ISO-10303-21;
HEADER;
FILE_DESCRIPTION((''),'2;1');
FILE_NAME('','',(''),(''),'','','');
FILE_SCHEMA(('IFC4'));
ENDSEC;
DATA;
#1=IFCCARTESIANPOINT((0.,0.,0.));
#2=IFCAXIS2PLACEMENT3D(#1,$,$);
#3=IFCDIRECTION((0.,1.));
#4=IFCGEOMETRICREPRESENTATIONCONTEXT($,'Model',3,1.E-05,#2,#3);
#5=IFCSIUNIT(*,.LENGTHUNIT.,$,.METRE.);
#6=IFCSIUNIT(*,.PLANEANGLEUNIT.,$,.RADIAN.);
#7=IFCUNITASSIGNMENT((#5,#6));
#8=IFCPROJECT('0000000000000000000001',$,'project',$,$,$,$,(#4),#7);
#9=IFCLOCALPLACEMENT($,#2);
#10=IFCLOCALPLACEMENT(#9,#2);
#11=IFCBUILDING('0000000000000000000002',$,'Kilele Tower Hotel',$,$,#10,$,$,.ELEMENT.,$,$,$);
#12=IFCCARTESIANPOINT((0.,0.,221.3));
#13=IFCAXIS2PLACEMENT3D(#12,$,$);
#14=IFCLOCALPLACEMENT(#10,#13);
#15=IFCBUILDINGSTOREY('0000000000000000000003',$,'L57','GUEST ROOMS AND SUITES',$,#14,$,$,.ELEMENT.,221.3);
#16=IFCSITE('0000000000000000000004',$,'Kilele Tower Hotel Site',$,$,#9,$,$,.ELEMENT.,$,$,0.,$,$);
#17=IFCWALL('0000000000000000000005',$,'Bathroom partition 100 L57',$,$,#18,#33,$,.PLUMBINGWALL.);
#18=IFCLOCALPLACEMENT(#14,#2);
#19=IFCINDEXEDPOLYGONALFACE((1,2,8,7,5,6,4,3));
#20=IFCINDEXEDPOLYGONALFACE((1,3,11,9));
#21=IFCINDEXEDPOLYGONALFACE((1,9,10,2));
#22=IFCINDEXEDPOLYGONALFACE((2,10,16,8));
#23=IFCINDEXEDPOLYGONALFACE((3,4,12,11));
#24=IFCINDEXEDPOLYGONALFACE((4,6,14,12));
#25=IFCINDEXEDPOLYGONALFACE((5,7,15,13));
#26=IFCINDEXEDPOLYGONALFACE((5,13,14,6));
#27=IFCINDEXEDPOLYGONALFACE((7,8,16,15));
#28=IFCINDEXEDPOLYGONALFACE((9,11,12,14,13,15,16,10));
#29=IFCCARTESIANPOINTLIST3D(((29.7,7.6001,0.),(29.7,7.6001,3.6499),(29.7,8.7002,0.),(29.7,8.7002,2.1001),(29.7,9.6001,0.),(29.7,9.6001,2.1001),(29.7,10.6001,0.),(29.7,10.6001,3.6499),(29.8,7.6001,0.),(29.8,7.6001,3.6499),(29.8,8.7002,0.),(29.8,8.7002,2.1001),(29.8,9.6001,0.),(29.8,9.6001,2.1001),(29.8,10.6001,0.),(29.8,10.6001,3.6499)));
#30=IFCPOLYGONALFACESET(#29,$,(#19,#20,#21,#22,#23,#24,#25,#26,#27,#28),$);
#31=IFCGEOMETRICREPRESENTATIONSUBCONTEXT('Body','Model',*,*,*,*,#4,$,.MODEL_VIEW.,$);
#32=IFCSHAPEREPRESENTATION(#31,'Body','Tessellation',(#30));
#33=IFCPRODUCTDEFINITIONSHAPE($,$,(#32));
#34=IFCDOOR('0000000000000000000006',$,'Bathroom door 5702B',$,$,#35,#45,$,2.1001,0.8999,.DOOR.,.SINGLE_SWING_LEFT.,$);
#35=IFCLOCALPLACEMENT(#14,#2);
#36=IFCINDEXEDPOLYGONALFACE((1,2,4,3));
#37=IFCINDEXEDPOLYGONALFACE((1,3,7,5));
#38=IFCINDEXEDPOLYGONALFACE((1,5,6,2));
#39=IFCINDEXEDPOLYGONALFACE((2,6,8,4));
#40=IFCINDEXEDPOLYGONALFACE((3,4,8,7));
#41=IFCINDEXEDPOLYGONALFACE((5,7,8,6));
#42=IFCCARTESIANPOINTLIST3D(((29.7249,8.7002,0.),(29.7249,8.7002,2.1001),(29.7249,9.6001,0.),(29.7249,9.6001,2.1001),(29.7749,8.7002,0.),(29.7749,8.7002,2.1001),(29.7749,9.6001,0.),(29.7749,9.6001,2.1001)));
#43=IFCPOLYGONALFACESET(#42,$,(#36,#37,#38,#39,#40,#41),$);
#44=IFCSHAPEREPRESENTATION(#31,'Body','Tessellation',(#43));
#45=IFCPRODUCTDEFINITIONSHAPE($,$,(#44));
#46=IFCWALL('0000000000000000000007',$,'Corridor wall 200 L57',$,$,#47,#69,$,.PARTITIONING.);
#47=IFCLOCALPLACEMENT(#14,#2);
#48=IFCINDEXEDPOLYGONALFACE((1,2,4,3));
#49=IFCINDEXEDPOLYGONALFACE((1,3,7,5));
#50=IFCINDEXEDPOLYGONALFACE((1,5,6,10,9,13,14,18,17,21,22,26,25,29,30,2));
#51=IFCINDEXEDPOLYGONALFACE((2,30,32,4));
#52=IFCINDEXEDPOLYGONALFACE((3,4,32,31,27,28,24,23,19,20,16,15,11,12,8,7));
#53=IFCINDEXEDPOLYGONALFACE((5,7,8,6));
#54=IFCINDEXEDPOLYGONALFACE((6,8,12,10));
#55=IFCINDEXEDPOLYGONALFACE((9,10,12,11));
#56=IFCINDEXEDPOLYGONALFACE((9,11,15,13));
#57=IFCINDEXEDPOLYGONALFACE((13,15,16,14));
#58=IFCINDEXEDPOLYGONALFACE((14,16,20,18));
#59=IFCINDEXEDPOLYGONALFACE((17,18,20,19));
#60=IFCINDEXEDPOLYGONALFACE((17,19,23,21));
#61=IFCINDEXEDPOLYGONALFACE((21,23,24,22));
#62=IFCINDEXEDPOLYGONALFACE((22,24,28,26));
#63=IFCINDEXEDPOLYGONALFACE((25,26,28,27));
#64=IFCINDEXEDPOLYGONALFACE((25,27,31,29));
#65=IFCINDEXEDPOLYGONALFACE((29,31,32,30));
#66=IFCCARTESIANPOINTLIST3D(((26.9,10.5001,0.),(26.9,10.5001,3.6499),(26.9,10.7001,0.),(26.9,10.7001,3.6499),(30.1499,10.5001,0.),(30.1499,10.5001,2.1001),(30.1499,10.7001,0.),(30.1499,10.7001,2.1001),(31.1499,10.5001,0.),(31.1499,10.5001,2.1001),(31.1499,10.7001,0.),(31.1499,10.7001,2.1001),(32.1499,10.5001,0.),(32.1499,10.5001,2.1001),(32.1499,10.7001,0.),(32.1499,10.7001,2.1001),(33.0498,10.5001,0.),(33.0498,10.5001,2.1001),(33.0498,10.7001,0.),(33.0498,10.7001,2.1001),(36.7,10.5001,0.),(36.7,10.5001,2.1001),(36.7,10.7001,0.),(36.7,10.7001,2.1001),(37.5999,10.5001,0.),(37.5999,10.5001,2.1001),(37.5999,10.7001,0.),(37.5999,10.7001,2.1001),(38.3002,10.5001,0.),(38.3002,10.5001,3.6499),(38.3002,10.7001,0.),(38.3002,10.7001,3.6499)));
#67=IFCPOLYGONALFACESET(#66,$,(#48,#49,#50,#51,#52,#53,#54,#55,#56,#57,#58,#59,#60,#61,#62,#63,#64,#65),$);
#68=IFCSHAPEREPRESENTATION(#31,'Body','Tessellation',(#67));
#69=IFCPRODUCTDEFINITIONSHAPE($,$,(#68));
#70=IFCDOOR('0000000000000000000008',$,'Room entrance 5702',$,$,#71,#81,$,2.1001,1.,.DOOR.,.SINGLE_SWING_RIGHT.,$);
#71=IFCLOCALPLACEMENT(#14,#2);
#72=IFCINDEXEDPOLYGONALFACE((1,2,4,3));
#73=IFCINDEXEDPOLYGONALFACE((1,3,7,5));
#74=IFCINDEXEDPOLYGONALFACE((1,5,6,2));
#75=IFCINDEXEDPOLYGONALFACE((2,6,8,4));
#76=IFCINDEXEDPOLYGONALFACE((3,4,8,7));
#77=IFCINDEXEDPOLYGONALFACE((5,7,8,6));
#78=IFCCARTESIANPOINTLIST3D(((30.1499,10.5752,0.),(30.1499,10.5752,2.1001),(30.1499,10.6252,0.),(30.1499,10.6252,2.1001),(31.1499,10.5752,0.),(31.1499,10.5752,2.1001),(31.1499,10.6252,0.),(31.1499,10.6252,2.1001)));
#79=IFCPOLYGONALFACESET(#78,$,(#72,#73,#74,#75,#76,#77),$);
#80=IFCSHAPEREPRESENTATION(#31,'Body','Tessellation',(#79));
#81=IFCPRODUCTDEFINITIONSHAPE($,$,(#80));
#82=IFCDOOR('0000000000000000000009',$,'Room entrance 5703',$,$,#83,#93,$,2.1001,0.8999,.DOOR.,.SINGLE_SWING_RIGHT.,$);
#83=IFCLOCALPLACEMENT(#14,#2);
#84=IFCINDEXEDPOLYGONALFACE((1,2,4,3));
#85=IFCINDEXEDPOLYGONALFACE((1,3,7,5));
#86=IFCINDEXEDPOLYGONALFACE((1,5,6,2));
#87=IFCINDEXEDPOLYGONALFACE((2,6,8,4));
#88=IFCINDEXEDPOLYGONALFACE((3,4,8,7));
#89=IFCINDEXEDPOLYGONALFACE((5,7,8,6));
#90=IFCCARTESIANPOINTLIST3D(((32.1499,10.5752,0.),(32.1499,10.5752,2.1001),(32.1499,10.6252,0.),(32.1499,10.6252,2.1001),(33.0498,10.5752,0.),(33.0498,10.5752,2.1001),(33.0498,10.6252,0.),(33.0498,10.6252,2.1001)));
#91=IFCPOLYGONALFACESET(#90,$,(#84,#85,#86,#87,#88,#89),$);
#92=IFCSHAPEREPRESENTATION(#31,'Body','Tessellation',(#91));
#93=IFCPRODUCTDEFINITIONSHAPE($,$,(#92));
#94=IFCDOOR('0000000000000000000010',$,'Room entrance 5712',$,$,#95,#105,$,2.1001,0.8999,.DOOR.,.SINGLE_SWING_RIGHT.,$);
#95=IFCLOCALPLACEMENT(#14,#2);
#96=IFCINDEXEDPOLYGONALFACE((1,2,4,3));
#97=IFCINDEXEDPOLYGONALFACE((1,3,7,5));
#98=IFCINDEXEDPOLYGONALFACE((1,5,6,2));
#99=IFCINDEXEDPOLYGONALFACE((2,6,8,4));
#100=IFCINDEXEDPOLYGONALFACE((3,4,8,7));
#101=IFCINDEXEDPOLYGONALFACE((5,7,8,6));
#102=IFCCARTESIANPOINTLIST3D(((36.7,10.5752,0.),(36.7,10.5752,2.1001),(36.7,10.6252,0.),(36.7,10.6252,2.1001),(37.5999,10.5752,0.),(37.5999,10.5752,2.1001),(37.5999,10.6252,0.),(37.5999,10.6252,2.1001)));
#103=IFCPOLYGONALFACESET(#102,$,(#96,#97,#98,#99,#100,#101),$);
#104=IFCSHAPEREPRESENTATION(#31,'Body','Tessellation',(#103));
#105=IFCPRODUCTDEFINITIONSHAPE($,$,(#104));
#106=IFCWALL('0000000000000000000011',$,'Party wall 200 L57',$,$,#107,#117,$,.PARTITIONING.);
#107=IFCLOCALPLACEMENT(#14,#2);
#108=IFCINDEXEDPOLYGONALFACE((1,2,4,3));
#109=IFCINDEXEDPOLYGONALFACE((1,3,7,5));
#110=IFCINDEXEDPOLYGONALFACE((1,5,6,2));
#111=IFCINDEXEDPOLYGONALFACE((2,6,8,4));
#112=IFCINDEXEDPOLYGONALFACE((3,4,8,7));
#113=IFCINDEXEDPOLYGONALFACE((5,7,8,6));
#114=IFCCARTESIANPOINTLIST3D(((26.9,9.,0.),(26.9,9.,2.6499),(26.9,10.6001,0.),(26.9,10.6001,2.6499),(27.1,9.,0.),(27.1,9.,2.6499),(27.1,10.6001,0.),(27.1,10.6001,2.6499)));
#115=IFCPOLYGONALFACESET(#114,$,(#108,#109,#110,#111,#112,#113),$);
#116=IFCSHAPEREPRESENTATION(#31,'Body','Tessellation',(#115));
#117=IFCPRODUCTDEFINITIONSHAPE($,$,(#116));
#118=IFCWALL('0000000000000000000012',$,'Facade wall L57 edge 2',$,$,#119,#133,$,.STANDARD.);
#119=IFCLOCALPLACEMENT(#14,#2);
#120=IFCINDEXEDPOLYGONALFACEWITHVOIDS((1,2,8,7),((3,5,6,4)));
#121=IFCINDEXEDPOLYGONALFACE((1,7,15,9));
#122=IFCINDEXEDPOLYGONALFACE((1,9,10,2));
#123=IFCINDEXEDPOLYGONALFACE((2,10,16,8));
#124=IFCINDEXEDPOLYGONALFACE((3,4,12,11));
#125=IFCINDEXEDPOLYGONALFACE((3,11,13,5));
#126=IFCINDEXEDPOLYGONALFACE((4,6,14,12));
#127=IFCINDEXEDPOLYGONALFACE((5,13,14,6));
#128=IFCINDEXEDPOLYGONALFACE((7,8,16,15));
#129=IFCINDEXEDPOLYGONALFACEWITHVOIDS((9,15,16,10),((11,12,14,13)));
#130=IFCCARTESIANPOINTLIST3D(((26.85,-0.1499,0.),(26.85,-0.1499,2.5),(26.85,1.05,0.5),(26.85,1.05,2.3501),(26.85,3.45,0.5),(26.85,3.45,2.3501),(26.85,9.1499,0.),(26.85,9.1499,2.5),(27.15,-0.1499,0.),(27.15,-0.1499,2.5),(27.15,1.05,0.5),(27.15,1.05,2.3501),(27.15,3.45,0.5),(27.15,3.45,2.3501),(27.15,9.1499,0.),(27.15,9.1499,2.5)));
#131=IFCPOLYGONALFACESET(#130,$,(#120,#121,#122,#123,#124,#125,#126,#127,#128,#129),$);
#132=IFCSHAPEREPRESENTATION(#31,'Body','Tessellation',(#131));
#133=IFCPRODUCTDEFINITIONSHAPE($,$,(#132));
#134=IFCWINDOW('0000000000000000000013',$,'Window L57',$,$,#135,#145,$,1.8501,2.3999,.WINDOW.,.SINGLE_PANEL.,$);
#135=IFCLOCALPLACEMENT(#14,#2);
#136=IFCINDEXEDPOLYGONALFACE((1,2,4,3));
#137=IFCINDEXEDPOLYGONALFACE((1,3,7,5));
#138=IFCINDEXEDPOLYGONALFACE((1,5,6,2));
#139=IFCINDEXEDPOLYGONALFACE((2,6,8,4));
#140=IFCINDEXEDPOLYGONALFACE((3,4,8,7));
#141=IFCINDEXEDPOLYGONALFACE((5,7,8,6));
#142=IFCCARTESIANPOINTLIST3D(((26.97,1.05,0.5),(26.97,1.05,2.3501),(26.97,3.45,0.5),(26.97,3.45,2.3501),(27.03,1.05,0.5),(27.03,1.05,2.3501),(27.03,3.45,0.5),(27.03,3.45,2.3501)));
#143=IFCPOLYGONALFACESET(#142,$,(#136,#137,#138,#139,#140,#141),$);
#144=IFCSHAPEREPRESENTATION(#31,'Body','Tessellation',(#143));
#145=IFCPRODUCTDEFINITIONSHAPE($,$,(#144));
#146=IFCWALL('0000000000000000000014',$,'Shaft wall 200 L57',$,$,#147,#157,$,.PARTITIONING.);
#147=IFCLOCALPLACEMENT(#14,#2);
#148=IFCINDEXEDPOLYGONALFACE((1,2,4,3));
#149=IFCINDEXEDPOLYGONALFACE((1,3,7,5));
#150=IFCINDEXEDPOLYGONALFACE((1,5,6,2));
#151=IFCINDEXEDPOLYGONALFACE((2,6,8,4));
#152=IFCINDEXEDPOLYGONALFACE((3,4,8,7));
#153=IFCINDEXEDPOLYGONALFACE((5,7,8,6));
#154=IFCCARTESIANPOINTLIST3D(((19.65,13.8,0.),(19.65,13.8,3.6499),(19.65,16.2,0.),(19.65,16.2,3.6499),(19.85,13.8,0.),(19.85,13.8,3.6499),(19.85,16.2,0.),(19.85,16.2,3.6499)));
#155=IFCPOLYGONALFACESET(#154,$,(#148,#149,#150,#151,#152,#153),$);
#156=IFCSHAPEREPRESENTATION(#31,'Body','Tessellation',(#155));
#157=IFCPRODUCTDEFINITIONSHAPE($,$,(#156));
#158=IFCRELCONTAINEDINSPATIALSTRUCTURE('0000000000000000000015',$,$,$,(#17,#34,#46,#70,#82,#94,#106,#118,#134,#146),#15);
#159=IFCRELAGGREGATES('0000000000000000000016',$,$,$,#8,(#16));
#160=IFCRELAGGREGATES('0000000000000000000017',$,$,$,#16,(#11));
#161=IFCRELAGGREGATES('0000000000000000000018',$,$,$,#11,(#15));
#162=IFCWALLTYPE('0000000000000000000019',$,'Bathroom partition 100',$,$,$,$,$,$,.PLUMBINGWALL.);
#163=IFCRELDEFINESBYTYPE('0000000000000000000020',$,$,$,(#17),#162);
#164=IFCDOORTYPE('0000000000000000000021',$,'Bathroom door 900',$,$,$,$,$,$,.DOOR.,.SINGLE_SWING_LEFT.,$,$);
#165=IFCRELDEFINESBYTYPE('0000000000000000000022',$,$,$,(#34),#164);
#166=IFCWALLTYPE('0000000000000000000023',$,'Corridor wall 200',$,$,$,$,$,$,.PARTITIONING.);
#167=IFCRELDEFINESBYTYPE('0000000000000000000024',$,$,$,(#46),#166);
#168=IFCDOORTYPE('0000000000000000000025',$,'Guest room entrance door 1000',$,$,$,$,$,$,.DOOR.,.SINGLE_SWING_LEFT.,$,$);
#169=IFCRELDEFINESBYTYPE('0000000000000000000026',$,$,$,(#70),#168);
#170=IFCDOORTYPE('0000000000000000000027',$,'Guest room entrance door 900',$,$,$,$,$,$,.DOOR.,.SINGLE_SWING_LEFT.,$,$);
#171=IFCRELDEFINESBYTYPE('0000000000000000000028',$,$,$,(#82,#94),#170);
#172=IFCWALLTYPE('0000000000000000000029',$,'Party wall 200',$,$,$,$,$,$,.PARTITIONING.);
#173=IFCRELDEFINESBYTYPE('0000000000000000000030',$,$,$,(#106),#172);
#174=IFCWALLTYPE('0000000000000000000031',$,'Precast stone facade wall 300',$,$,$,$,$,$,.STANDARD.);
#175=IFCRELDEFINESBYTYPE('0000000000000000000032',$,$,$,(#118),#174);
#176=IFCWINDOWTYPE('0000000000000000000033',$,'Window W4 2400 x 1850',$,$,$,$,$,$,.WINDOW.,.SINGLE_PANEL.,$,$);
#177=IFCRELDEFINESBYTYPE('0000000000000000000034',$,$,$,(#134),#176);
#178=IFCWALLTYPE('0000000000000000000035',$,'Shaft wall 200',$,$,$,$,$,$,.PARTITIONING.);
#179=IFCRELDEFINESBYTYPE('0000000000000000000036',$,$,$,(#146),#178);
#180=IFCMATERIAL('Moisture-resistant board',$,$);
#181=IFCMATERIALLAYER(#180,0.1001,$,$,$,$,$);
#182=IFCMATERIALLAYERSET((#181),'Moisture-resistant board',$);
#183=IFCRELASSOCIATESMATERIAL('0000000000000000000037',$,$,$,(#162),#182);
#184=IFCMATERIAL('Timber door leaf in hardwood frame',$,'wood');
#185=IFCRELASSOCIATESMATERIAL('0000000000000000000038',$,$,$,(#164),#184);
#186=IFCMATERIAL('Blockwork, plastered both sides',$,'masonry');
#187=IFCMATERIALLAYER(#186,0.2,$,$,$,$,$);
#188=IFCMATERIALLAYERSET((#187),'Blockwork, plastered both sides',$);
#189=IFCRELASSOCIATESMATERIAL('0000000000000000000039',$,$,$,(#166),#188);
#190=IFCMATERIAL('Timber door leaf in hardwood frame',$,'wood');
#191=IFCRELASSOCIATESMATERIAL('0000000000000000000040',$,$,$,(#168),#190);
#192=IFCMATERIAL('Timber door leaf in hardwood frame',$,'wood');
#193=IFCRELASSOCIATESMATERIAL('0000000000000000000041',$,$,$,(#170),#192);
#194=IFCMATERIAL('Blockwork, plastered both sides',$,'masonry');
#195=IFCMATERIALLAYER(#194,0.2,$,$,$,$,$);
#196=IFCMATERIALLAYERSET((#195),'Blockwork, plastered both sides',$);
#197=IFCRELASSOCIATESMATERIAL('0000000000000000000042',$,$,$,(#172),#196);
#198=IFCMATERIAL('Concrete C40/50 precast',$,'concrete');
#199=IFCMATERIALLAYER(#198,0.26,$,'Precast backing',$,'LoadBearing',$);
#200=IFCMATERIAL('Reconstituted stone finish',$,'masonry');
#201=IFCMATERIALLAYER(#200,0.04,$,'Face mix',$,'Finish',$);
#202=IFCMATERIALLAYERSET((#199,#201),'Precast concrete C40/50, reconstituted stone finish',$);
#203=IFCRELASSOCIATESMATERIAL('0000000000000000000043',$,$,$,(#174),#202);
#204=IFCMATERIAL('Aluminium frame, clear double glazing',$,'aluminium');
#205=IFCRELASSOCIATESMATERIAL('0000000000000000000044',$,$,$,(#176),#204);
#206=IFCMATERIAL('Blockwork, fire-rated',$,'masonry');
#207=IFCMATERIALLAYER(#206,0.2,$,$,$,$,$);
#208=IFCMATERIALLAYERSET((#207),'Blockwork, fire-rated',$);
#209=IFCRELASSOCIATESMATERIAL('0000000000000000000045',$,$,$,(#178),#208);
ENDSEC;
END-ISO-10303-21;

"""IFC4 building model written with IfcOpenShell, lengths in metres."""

from ifc_helpers import new_model, si_unit, direction, frame, frame_2d, origin, place, context, subcontext, project, spatial, rectangle, extrude, material, layer, layer_set, type_object, element, fill, save


model = new_model("IFC4")

# Units and contexts
model_context = context("Model", 3, precision=1e-05, world=origin(), true_north=direction((0.0, 1.0)))
body_context = subcontext(model_context, "Body", "Model", "MODEL_VIEW")
ifc_project = project(units=[si_unit("LENGTHUNIT", "METRE"), si_unit("PLANEANGLEUNIT", "RADIAN")], contexts=[model_context])

# Site, building, storey
site_placement = place(None, origin())
site = spatial("IfcSite", under=ifc_project, at=site_placement, Name="Kilele Tower Hotel Site", CompositionType="ELEMENT", RefElevation=0.0)
building_placement = place(site_placement, origin())
building = spatial("IfcBuilding", under=site, at=building_placement, Name="Kilele Tower Hotel", CompositionType="ELEMENT")
storey_placement = place(building_placement, frame((0.0, 0.0, 221.3)))
storey = spatial("IfcBuildingStorey", under=building, at=storey_placement, Name="L57", Description="GUEST ROOMS AND SUITES", CompositionType="ELEMENT", Elevation=221.3)

# Wall, opening, door
ifc_material_1 = material(Name="Moisture-resistant board")
ifc_layer_1 = layer(ifc_material_1, 0.1001)
ifc_layer_set_1 = layer_set([ifc_layer_1], Name="Moisture-resistant board")
wall_type_1 = type_object("IfcWallType", Name="Bathroom partition 100", PredefinedType="PLUMBINGWALL", material=ifc_layer_set_1)
wall_1_placement = place(storey_placement, frame((29.75, 10.6001, 0.0), z_axis=(0.0, 0.0, 1.0), x_axis=(0.0, -1.0, 0.0)))
wall_1 = element("IfcWall", 1, at=wall_1_placement, inside=storey, type_object=wall_type_1, Name="Bathroom partition 100 L57", PredefinedType="PLUMBINGWALL", context=body_context, shape_type="SweptSolid", body=[
    extrude(rectangle(XDim=3.0, YDim=0.1001, at=frame_2d((1.5, 0.0))), origin(), (0.0, 0.0, 1.0), 3.6499),
])
opening_1_placement = place(wall_1_placement, frame((1.0, 0.0, 0.0)))
opening_1 = element("IfcOpeningElement", 2, at=opening_1_placement, cuts=wall_1, PredefinedType="OPENING", context=body_context, shape_type="SweptSolid", body=[
    extrude(rectangle(XDim=0.8999, YDim=2.1001, at=frame_2d((0.45, 1.05))), frame((0.0, 0.0601, 0.0), z_axis=(0.0, -1.0, 0.0), x_axis=(1.0, 0.0, 0.0)), (0.0, 0.0, 1.0), 0.1201),
])
ifc_material_2 = material(Name="Timber door leaf in hardwood frame", Category="wood")
door_type_1 = type_object("IfcDoorType", Name="Bathroom door 900", OperationType="SINGLE_SWING_LEFT", PredefinedType="DOOR", material=ifc_material_2)
door_1_placement = place(opening_1_placement, origin())
door_1 = element("IfcDoor", 3, at=door_1_placement, inside=storey, type_object=door_type_1, Name="Bathroom door 5702B", OperationType="SINGLE_SWING_LEFT", OverallHeight=2.1001, OverallWidth=0.8999, PredefinedType="DOOR", context=body_context, shape_type="SweptSolid", body=[
    extrude(rectangle(XDim=0.8999, YDim=2.1001, at=frame_2d((0.45, 1.05))), frame((0.0, 0.0249, 0.0), z_axis=(0.0, -1.0, 0.0), x_axis=(1.0, 0.0, 0.0)), (0.0, 0.0, 1.0), 0.05),
])
fill(opening_1, door_1)

# Wall, openings, doors
ifc_material_3 = material(Name="Blockwork, plastered both sides", Category="masonry")
ifc_layer_2 = layer(ifc_material_3, 0.2)
ifc_layer_set_2 = layer_set([ifc_layer_2], Name="Blockwork, plastered both sides")
wall_type_2 = type_object("IfcWallType", Name="Corridor wall 200", PredefinedType="PARTITIONING", material=ifc_layer_set_2)
wall_2_placement = place(storey_placement, frame((26.8999, 10.6001, 0.0), z_axis=(0.0, 0.0, 1.0), x_axis=(1.0, 0.0, 0.0)))
wall_2 = element("IfcWall", 4, at=wall_2_placement, inside=storey, type_object=wall_type_2, Name="Corridor wall 200 L57", PredefinedType="PARTITIONING", context=body_context, shape_type="SweptSolid", body=[
    extrude(rectangle(XDim=11.4001, YDim=0.2, at=frame_2d((5.7002, 0.0))), origin(), (0.0, 0.0, 1.0), 3.6499),
])
opening_2_placement = place(wall_2_placement, frame((4.25, 0.0, 0.0), z_axis=(0.0, 0.0, 1.0), x_axis=(-1.0, 0.0, 0.0)))
opening_2 = element("IfcOpeningElement", 5, at=opening_2_placement, cuts=wall_2, PredefinedType="OPENING", context=body_context, shape_type="SweptSolid", body=[
    extrude(rectangle(XDim=1.0, YDim=2.1001, at=frame_2d((0.5, 1.05))), frame((0.0, 0.1099, 0.0), z_axis=(0.0, -1.0, 0.0), x_axis=(1.0, 0.0, 0.0)), (0.0, 0.0, 1.0), 0.22),
])
opening_3_placement = place(wall_2_placement, frame((6.1499, 0.0, 0.0), z_axis=(0.0, 0.0, 1.0), x_axis=(-1.0, 0.0, 0.0)))
opening_3 = element("IfcOpeningElement", 6, at=opening_3_placement, cuts=wall_2, PredefinedType="OPENING", context=body_context, shape_type="SweptSolid", body=[
    extrude(rectangle(XDim=0.8999, YDim=2.1001, at=frame_2d((0.45, 1.05))), frame((0.0, 0.1099, 0.0), z_axis=(0.0, -1.0, 0.0), x_axis=(1.0, 0.0, 0.0)), (0.0, 0.0, 1.0), 0.22),
])
opening_4_placement = place(wall_2_placement, frame((10.7, 0.0, 0.0), z_axis=(0.0, 0.0, 1.0), x_axis=(-1.0, 0.0, 0.0)))
opening_4 = element("IfcOpeningElement", 7, at=opening_4_placement, cuts=wall_2, PredefinedType="OPENING", context=body_context, shape_type="SweptSolid", body=[
    extrude(rectangle(XDim=0.8999, YDim=2.1001, at=frame_2d((0.45, 1.05))), frame((0.0, 0.1099, 0.0), z_axis=(0.0, -1.0, 0.0), x_axis=(1.0, 0.0, 0.0)), (0.0, 0.0, 1.0), 0.22),
])
ifc_material_4 = material(Name="Timber door leaf in hardwood frame", Category="wood")
door_type_2 = type_object("IfcDoorType", Name="Guest room entrance door 1000", OperationType="SINGLE_SWING_LEFT", PredefinedType="DOOR", material=ifc_material_4)
door_2_placement = place(opening_2_placement, origin())
door_2 = element("IfcDoor", 8, at=door_2_placement, inside=storey, type_object=door_type_2, Name="Room entrance 5702", OperationType="SINGLE_SWING_RIGHT", OverallHeight=2.1001, OverallWidth=1.0, PredefinedType="DOOR", context=body_context, shape_type="SweptSolid", body=[
    extrude(rectangle(XDim=1.0, YDim=2.1001, at=frame_2d((0.5, 1.05))), frame((0.0, 0.0249, 0.0), z_axis=(0.0, -1.0, 0.0), x_axis=(1.0, 0.0, 0.0)), (0.0, 0.0, 1.0), 0.05),
])
fill(opening_2, door_2)
ifc_material_5 = material(Name="Timber door leaf in hardwood frame", Category="wood")
door_type_3 = type_object("IfcDoorType", Name="Guest room entrance door 900", OperationType="SINGLE_SWING_LEFT", PredefinedType="DOOR", material=ifc_material_5)
door_3_placement = place(opening_3_placement, origin())
door_3 = element("IfcDoor", 9, at=door_3_placement, inside=storey, type_object=door_type_3, Name="Room entrance 5703", OperationType="SINGLE_SWING_RIGHT", OverallHeight=2.1001, OverallWidth=0.8999, PredefinedType="DOOR", context=body_context, shape_type="SweptSolid", body=[
    extrude(rectangle(XDim=0.8999, YDim=2.1001, at=frame_2d((0.45, 1.05))), frame((0.0, 0.0249, 0.0), z_axis=(0.0, -1.0, 0.0), x_axis=(1.0, 0.0, 0.0)), (0.0, 0.0, 1.0), 0.05),
])
fill(opening_3, door_3)
door_4_placement = place(opening_4_placement, origin())
door_4 = element("IfcDoor", 10, at=door_4_placement, inside=storey, type_object=door_type_3, Name="Room entrance 5712", OperationType="SINGLE_SWING_RIGHT", OverallHeight=2.1001, OverallWidth=0.8999, PredefinedType="DOOR", context=body_context, shape_type="SweptSolid", body=[
    extrude(rectangle(XDim=0.8999, YDim=2.1001, at=frame_2d((0.45, 1.05))), frame((0.0, 0.0249, 0.0), z_axis=(0.0, -1.0, 0.0), x_axis=(1.0, 0.0, 0.0)), (0.0, 0.0, 1.0), 0.05),
])
fill(opening_4, door_4)

# Wall
ifc_material_6 = material(Name="Blockwork, plastered both sides", Category="masonry")
ifc_layer_3 = layer(ifc_material_6, 0.2)
ifc_layer_set_3 = layer_set([ifc_layer_3], Name="Blockwork, plastered both sides")
wall_type_3 = type_object("IfcWallType", Name="Party wall 200", PredefinedType="PARTITIONING", material=ifc_layer_set_3)
wall_3_placement = place(storey_placement, frame((27.0, 10.6001, 0.0), z_axis=(0.0, 0.0, 1.0), x_axis=(0.0, -1.0, 0.0)))
element("IfcWall", 11, at=wall_3_placement, inside=storey, type_object=wall_type_3, Name="Party wall 200 L57", PredefinedType="PARTITIONING", context=body_context, shape_type="SweptSolid", body=[
    extrude(rectangle(XDim=1.6001, YDim=0.2, at=frame_2d((0.8, 0.0))), origin(), (0.0, 0.0, 1.0), 2.6499),
])

# Wall, opening, window
ifc_material_7 = material(Name="Concrete C40/50 precast", Category="concrete")
ifc_layer_4 = layer(ifc_material_7, 0.26, Name="Precast backing", Category="LoadBearing")
ifc_material_8 = material(Name="Reconstituted stone finish", Category="masonry")
ifc_layer_5 = layer(ifc_material_8, 0.04, Name="Face mix", Category="Finish")
ifc_layer_set_4 = layer_set([ifc_layer_4, ifc_layer_5], Name="Precast concrete C40/50, reconstituted stone finish")
wall_type_4 = type_object("IfcWallType", Name="Precast stone facade wall 300", PredefinedType="STANDARD", material=ifc_layer_set_4)
wall_4_placement = place(storey_placement, frame((27.0, 9.1499, 0.0), z_axis=(0.0, 0.0, 1.0), x_axis=(0.0, -1.0, 0.0)))
wall_4 = element("IfcWall", 12, at=wall_4_placement, inside=storey, type_object=wall_type_4, Name="Facade wall L57 edge 2", PredefinedType="STANDARD", context=body_context, shape_type="SweptSolid", body=[
    extrude(rectangle(XDim=9.2998, YDim=0.3, at=frame_2d((4.6499, 0.0))), origin(), (0.0, 0.0, 1.0), 2.5),
])
opening_5_placement = place(wall_4_placement, frame((5.7, 0.0, 0.5)))
opening_5 = element("IfcOpeningElement", 13, at=opening_5_placement, cuts=wall_4, PredefinedType="OPENING", context=body_context, shape_type="SweptSolid", body=[
    extrude(rectangle(XDim=2.3999, YDim=1.8501, at=frame_2d((1.2, 0.925))), frame((0.0, 0.1599, 0.0), z_axis=(0.0, -1.0, 0.0), x_axis=(1.0, 0.0, 0.0)), (0.0, 0.0, 1.0), 0.3201),
])
ifc_material_9 = material(Name="Aluminium frame, clear double glazing", Category="aluminium")
window_type = type_object("IfcWindowType", Name="Window W4 2400 x 1850", PartitioningType="SINGLE_PANEL", PredefinedType="WINDOW", material=ifc_material_9)
window_placement = place(opening_5_placement, origin())
window = element("IfcWindow", 14, at=window_placement, inside=storey, type_object=window_type, Name="Window L57", OverallHeight=1.8501, OverallWidth=2.3999, PartitioningType="SINGLE_PANEL", PredefinedType="WINDOW", context=body_context, shape_type="SweptSolid", body=[
    extrude(rectangle(XDim=2.3999, YDim=1.8501, at=frame_2d((1.2, 0.925))), frame((0.0, 0.03, 0.0), z_axis=(0.0, -1.0, 0.0), x_axis=(1.0, 0.0, 0.0)), (0.0, 0.0, 1.0), 0.0601),
])
fill(opening_5, window)

# Wall
ifc_material_10 = material(Name="Blockwork, fire-rated", Category="masonry")
ifc_layer_6 = layer(ifc_material_10, 0.2)
ifc_layer_set_5 = layer_set([ifc_layer_6], Name="Blockwork, fire-rated")
wall_type_5 = type_object("IfcWallType", Name="Shaft wall 200", PredefinedType="PARTITIONING", material=ifc_layer_set_5)
wall_5_placement = place(storey_placement, frame((19.75, 13.8, 0.0), z_axis=(0.0, 0.0, 1.0), x_axis=(0.0, 1.0, 0.0)))
element("IfcWall", 15, at=wall_5_placement, inside=storey, type_object=wall_type_5, Name="Shaft wall 200 L57", PredefinedType="PARTITIONING", context=body_context, shape_type="SweptSolid", body=[
    extrude(rectangle(XDim=2.3999, YDim=0.2, at=frame_2d((1.2, 0.0))), origin(), (0.0, 0.0, 1.0), 3.6499),
])

save(model, "model.ifc")
